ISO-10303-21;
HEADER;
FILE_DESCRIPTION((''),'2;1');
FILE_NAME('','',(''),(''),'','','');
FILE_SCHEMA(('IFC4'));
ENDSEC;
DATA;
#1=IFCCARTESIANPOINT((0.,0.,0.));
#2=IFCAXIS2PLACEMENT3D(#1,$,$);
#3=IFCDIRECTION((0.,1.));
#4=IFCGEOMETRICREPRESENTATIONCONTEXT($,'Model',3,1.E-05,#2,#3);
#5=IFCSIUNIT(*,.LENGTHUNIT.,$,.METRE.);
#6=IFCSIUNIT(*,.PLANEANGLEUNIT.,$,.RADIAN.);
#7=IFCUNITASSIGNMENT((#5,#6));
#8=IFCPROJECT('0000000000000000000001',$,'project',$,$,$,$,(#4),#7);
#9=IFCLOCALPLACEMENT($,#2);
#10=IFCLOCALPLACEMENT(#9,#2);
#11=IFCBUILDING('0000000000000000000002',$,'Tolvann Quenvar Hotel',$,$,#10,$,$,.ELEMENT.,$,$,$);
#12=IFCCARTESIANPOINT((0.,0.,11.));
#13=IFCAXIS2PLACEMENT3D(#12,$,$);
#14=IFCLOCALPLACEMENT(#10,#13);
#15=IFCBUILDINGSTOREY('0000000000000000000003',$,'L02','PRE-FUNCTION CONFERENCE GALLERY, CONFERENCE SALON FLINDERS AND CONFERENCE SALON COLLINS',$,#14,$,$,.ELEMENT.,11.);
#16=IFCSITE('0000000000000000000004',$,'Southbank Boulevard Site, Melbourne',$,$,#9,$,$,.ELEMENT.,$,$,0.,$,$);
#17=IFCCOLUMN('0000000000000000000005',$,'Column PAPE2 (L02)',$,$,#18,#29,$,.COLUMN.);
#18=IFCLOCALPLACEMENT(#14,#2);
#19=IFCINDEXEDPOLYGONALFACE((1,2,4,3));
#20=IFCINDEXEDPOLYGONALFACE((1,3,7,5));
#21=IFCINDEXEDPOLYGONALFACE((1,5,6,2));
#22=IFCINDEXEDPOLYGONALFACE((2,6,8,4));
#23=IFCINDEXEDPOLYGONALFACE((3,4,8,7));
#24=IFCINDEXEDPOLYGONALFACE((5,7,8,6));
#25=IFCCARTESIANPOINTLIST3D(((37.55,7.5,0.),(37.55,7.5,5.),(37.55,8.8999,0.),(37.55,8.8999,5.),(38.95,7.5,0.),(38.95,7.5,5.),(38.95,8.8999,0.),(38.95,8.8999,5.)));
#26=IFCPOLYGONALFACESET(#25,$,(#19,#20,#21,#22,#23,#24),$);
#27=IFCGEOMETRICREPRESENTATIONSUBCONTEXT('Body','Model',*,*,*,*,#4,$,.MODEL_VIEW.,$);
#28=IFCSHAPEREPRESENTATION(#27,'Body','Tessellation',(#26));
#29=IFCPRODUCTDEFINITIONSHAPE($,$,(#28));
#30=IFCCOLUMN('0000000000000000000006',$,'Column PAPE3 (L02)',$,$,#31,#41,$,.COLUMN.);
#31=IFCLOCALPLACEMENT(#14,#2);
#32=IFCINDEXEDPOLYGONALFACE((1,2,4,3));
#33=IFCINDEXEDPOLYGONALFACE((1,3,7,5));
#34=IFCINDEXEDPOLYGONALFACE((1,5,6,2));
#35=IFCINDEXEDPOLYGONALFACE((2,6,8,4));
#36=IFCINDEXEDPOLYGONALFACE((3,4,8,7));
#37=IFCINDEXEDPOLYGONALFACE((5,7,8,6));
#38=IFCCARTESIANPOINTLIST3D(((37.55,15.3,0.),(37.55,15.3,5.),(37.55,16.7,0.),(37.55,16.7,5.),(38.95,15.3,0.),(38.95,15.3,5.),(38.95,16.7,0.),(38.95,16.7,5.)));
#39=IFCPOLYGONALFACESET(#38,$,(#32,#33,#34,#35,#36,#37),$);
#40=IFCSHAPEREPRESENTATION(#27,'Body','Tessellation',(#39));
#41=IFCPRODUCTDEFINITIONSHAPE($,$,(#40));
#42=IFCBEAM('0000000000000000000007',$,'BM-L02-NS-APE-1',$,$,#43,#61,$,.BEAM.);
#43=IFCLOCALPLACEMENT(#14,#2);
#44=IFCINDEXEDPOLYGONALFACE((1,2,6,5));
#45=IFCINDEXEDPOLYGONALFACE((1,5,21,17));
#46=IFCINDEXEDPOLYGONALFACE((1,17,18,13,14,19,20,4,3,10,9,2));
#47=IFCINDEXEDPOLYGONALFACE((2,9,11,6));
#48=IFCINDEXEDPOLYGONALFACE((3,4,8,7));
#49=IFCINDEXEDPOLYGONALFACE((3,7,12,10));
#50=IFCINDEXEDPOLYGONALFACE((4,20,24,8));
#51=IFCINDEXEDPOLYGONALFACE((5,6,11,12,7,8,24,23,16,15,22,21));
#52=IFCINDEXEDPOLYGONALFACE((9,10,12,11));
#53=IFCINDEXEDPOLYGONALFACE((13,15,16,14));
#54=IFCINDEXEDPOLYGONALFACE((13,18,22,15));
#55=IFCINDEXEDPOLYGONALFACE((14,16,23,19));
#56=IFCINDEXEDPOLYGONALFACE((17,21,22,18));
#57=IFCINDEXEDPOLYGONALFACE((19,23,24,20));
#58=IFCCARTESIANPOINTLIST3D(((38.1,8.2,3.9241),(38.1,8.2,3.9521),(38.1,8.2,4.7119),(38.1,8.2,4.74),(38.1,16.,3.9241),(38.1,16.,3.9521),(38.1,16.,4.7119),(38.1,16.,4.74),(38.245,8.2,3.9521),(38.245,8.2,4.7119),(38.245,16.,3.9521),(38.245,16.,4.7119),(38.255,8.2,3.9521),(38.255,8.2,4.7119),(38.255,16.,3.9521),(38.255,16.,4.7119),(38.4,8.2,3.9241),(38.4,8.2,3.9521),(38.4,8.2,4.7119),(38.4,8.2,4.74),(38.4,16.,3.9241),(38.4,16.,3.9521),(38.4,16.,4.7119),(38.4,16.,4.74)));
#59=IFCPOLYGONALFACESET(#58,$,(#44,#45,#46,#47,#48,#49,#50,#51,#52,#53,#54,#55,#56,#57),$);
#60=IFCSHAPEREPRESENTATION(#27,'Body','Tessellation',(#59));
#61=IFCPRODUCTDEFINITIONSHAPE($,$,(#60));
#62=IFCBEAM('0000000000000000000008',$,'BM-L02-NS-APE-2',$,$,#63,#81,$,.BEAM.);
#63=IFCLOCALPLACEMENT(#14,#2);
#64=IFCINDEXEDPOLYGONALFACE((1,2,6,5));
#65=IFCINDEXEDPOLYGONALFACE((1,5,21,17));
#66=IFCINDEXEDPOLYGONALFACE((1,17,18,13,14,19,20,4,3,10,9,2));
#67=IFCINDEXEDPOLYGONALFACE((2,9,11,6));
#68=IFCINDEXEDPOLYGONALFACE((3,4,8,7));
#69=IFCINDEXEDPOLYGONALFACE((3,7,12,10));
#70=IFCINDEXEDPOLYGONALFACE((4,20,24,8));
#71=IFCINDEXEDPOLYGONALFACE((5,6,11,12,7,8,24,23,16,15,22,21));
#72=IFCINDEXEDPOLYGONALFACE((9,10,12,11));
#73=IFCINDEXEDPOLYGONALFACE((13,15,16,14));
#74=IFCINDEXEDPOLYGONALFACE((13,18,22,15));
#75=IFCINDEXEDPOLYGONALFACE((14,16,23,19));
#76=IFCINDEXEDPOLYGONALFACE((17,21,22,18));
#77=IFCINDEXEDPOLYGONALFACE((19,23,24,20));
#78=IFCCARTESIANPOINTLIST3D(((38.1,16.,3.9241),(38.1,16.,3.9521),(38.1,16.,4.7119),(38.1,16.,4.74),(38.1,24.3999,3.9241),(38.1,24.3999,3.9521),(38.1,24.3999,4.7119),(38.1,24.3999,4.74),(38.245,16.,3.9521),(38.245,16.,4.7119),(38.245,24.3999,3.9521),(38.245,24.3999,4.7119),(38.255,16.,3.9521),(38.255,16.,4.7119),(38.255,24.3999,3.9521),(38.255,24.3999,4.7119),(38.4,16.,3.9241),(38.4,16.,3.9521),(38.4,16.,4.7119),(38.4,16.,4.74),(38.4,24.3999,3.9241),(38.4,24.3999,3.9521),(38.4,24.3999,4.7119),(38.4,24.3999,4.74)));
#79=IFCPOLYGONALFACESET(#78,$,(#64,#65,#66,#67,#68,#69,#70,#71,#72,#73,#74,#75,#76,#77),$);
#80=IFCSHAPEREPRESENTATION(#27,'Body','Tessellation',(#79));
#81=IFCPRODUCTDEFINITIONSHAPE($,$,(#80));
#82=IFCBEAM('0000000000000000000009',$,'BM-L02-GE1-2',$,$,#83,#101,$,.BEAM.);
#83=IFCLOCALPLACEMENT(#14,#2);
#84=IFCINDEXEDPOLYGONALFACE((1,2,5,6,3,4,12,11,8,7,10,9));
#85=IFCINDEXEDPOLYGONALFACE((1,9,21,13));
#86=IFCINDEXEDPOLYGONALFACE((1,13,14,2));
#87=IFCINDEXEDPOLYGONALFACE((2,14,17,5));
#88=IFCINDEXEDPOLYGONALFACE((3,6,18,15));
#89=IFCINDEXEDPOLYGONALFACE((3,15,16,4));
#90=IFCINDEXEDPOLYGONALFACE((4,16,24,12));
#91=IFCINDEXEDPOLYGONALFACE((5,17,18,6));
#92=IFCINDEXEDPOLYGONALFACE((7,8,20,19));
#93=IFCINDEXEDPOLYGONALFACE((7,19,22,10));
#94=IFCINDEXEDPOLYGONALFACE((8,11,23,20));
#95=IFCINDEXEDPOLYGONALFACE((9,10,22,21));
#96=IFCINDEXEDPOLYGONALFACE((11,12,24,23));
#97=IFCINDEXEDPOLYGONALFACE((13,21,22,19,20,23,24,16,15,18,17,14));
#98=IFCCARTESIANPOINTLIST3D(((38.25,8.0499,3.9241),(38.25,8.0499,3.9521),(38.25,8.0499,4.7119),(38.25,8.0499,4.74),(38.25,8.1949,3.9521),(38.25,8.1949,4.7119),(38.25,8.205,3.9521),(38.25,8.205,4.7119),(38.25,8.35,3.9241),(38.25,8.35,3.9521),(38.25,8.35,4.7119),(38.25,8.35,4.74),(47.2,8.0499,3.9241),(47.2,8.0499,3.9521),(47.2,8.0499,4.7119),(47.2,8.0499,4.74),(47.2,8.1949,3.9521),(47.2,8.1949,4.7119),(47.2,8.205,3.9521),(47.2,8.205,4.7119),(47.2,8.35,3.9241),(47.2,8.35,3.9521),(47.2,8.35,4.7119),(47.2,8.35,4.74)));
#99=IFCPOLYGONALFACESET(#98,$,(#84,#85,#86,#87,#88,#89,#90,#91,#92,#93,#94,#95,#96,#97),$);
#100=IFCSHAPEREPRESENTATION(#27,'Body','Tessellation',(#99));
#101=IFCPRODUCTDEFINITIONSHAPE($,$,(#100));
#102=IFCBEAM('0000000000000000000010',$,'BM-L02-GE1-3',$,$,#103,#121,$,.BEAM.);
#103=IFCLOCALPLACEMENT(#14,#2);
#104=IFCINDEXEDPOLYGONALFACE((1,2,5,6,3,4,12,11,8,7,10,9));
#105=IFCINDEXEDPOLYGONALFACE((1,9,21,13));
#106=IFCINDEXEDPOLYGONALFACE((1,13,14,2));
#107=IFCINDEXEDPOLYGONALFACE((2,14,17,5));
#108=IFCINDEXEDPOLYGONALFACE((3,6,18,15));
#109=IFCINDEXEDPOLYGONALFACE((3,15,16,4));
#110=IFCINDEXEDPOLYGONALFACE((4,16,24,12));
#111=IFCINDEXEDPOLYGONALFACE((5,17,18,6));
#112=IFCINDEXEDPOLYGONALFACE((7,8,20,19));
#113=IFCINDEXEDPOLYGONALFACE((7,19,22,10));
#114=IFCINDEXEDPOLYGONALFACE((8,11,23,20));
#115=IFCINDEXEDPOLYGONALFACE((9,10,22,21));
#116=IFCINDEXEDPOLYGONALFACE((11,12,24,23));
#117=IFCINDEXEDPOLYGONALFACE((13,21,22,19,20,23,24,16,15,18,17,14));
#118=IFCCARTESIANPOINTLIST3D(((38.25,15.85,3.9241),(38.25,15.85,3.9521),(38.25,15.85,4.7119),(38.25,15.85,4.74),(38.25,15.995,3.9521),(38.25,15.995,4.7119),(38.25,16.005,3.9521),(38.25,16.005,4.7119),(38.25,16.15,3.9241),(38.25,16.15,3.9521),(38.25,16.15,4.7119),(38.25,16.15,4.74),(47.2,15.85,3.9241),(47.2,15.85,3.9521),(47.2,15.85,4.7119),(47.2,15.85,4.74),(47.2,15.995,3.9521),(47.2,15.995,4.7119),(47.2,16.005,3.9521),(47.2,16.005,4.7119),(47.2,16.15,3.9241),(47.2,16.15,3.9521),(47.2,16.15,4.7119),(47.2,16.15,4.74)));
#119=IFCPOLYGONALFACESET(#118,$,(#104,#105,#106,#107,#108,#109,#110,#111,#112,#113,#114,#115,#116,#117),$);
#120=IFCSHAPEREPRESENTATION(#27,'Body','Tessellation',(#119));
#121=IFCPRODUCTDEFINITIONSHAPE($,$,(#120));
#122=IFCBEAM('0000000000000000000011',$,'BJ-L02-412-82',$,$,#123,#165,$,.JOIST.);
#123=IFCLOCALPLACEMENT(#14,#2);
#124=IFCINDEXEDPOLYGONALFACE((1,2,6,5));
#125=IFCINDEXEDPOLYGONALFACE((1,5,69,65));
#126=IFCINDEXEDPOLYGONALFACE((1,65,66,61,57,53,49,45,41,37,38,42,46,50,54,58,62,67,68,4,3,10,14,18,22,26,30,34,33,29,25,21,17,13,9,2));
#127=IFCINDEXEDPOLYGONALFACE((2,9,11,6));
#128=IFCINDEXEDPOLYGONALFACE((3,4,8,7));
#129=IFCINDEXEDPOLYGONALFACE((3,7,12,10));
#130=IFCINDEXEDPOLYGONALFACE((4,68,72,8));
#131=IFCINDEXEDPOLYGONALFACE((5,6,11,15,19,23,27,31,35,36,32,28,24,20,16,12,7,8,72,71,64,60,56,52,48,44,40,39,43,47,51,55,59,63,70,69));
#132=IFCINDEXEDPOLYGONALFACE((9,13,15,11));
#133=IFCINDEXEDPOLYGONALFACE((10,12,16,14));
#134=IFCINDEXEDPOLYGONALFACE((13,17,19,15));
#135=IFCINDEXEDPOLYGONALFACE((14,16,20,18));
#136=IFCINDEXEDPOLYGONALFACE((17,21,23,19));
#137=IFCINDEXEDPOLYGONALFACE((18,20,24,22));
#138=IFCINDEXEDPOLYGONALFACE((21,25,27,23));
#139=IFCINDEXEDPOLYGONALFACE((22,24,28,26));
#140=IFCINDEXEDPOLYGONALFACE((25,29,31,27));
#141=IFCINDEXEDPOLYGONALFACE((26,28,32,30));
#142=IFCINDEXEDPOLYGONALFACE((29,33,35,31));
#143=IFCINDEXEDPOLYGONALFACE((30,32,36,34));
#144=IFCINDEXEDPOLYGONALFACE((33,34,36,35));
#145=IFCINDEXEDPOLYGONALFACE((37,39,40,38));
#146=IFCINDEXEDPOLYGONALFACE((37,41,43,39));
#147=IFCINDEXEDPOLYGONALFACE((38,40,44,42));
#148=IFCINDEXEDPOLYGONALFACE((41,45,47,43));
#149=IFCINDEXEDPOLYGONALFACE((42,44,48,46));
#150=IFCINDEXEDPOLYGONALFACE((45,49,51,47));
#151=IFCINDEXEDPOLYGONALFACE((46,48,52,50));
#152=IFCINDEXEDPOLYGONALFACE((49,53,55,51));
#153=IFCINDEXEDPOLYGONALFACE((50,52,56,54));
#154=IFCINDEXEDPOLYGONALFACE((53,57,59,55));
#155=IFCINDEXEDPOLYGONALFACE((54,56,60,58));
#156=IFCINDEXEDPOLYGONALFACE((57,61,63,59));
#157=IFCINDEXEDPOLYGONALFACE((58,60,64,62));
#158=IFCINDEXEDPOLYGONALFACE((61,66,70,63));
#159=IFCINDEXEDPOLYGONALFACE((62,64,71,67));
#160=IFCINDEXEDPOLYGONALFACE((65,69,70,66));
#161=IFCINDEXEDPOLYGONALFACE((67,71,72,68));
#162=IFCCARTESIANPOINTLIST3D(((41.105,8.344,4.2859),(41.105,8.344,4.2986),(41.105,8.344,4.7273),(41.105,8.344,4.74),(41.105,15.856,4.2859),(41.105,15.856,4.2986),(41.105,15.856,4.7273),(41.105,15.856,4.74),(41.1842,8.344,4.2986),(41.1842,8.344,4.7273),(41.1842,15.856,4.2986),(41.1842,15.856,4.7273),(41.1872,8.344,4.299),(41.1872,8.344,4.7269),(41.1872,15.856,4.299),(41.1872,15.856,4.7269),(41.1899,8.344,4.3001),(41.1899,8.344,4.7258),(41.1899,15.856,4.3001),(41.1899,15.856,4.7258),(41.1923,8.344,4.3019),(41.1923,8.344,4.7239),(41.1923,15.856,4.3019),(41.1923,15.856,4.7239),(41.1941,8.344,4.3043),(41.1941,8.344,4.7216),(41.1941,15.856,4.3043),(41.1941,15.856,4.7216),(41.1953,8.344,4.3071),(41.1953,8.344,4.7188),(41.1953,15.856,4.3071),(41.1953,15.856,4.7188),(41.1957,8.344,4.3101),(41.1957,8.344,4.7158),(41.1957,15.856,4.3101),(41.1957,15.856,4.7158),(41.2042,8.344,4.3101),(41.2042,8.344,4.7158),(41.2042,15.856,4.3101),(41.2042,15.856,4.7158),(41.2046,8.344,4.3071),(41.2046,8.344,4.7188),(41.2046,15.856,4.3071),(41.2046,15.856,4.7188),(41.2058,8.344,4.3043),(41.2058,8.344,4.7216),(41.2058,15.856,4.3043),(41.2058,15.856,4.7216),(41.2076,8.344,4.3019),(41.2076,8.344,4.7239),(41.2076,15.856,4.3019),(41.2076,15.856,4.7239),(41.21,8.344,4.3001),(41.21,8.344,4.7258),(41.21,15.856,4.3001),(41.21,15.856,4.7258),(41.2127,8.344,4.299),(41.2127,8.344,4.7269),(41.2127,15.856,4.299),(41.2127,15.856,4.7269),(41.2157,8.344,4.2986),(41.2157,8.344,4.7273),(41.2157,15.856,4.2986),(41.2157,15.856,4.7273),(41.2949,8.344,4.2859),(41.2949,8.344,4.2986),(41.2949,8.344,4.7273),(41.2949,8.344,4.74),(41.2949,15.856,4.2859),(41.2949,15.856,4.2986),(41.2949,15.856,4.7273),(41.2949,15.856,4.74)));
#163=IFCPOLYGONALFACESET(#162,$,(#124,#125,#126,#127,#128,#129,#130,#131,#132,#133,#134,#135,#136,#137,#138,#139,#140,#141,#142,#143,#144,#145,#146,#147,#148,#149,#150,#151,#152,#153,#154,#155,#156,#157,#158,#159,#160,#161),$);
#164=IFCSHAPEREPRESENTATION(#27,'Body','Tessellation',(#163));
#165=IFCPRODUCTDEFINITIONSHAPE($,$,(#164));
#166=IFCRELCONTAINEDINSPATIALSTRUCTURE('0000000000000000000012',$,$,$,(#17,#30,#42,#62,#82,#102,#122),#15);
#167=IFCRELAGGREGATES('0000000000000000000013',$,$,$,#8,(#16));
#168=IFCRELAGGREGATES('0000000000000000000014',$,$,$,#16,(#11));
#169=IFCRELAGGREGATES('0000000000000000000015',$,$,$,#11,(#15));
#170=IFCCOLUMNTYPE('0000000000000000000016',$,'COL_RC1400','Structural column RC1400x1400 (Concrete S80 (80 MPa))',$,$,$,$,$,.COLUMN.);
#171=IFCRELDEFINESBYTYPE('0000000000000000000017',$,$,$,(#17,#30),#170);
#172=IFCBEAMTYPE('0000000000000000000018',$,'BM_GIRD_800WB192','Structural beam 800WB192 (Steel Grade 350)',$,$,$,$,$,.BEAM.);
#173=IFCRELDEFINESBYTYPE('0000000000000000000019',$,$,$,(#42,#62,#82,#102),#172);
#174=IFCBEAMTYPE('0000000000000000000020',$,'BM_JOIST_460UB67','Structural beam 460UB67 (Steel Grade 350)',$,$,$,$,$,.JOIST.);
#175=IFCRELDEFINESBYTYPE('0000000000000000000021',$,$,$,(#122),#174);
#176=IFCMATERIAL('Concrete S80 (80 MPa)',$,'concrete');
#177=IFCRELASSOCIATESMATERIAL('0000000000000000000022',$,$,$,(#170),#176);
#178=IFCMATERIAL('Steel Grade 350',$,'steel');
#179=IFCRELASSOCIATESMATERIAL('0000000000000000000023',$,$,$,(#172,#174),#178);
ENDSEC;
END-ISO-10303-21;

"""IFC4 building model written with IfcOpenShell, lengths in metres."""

from ifc_helpers import new_model, si_unit, direction, frame, origin, origin_2d, place, context, subcontext, project, spatial, rectangle, i_section, extrude, source, transform, mapped, material, material_profile, profile_set, type_object, type_shapes, element, save


model = new_model("IFC4")

# Units and contexts
model_context = context("Model", 3, precision=1e-05, world=origin(), true_north=direction((0.0, 1.0)))
body_context = subcontext(model_context, "Body", "Model", "MODEL_VIEW")
ifc_project = project(units=[si_unit("LENGTHUNIT", "METRE"), si_unit("PLANEANGLEUNIT", "RADIAN")], contexts=[model_context])

# Site, building, storey
site_placement = place(None, origin())
site = spatial("IfcSite", under=ifc_project, at=site_placement, Name="Southbank Boulevard Site, Melbourne", CompositionType="ELEMENT", RefElevation=0.0)
building_placement = place(site_placement, origin())
building = spatial("IfcBuilding", under=site, at=building_placement, Name="Tolvann Quenvar Hotel", CompositionType="ELEMENT")
storey_placement = place(building_placement, frame((0.0, 0.0, 11.0)))
storey = spatial("IfcBuildingStorey", under=building, at=storey_placement, Name="L02", Description="PRE-FUNCTION CONFERENCE GALLERY, CONFERENCE SALON FLINDERS AND CONFERENCE SALON COLLINS", CompositionType="ELEMENT", Elevation=11.0)

# Columns
ifc_material_1 = material(Name="Concrete S80 (80 MPa)", Category="concrete")
ifc_material_profile_1 = material_profile(ifc_material_1, rectangle(XDim=1.3999, YDim=1.3999, at=origin_2d()), Name="RC1400x1400")
ifc_profile_set_1 = profile_set([ifc_material_profile_1], Name="Concrete S80 (80 MPa)")
column_type = type_object("IfcColumnType", Name="COL_RC1400", Description="Structural column RC1400x1400 (Concrete S80 (80 MPa))", PredefinedType="COLUMN", material=ifc_profile_set_1)
shared_shape_1 = source(origin(), body_context, "Body", "SweptSolid", [
    extrude(rectangle(XDim=1.3999, YDim=1.3999, at=origin_2d()), origin(), (0.0, 0.0, 1.0), 5.0),
])
type_shapes(column_type, [shared_shape_1])
for number, where, z_axis, x_axis, name in (
    (1, (38.25, 8.2, 0.0), (0.0, 0.0, 1.0), (1.0, 0.0, 0.0), "Column PAPE2 (L02)"),
    (2, (38.25, 16.0, 0.0), (0.0, 0.0, 1.0), (1.0, 0.0, 0.0), "Column PAPE3 (L02)"),
):
    element("IfcColumn", number, at=place(storey_placement, frame(where, z_axis=z_axis, x_axis=x_axis)), inside=storey, type_object=column_type, Name=name, PredefinedType="COLUMN", context=body_context, shape_type="MappedRepresentation", body=[
        mapped(shared_shape_1, transform((0.0, 0.0, 0.0), x_axis=(1.0, 0.0, 0.0), y_axis=(0.0, 1.0, 0.0), z_axis=(0.0, 0.0, 1.0), scale=1.0)),
    ])

# Beams
ifc_material_2 = material(Name="Steel Grade 350", Category="steel")
ifc_material_profile_2 = material_profile(ifc_material_2, i_section(OverallWidth=0.3, OverallDepth=0.8159, WebThickness=0.01, FlangeThickness=0.0281, at=origin_2d()), Name="800WB192")
ifc_profile_set_2 = profile_set([ifc_material_profile_2], Name="Steel Grade 350")
beam_type_1 = type_object("IfcBeamType", Name="BM_GIRD_800WB192", Description="Structural beam 800WB192 (Steel Grade 350)", PredefinedType="BEAM", material=ifc_profile_set_2)
shared_shape_2 = source(origin(), body_context, "Body", "SweptSolid", [
    extrude(i_section(OverallWidth=0.3, OverallDepth=0.8159, WebThickness=0.01, FlangeThickness=0.0281, at=origin_2d()), origin(), (0.0, 0.0, 1.0), 7.8),
])
beam_1_placement = place(storey_placement, frame((38.25, 8.2, 4.332), z_axis=(0.0, 1.0, 0.0), x_axis=(-1.0, 0.0, 0.0)))
element("IfcBeam", 3, at=beam_1_placement, inside=storey, type_object=beam_type_1, Name="BM-L02-NS-APE-1", PredefinedType="BEAM", context=body_context, shape_type="MappedRepresentation", body=[
    mapped(shared_shape_2, transform((0.0, 0.0, 0.0), x_axis=(1.0, 0.0, 0.0), y_axis=(0.0, 1.0, 0.0), z_axis=(0.0, 0.0, 1.0), scale=1.0)),
])
shared_shape_3 = source(origin(), body_context, "Body", "SweptSolid", [
    extrude(i_section(OverallWidth=0.3, OverallDepth=0.8159, WebThickness=0.01, FlangeThickness=0.0281, at=origin_2d()), origin(), (0.0, 0.0, 1.0), 8.3999),
])
beam_2_placement = place(storey_placement, frame((38.25, 16.0, 4.332), z_axis=(0.0, 1.0, 0.0), x_axis=(-1.0, 0.0, 0.0)))
element("IfcBeam", 4, at=beam_2_placement, inside=storey, type_object=beam_type_1, Name="BM-L02-NS-APE-2", PredefinedType="BEAM", context=body_context, shape_type="MappedRepresentation", body=[
    mapped(shared_shape_3, transform((0.0, 0.0, 0.0), x_axis=(1.0, 0.0, 0.0), y_axis=(0.0, 1.0, 0.0), z_axis=(0.0, 0.0, 1.0), scale=1.0)),
])
shared_shape_4 = source(origin(), body_context, "Body", "SweptSolid", [
    extrude(i_section(OverallWidth=0.3, OverallDepth=0.8159, WebThickness=0.01, FlangeThickness=0.0281, at=origin_2d()), origin(), (0.0, 0.0, 1.0), 8.95),
])
type_shapes(beam_type_1, [shared_shape_2, shared_shape_3, shared_shape_4])
for number, where, z_axis, x_axis, name in (
    (5, (38.25, 8.2, 4.332), (1.0, 0.0, 0.0), (0.0, 1.0, 0.0), "BM-L02-GE1-2"),
    (6, (38.25, 16.0, 4.332), (1.0, 0.0, 0.0), (0.0, 1.0, 0.0), "BM-L02-GE1-3"),
):
    element("IfcBeam", number, at=place(storey_placement, frame(where, z_axis=z_axis, x_axis=x_axis)), inside=storey, type_object=beam_type_1, Name=name, PredefinedType="BEAM", context=body_context, shape_type="MappedRepresentation", body=[
        mapped(shared_shape_4, transform((0.0, 0.0, 0.0), x_axis=(1.0, 0.0, 0.0), y_axis=(0.0, 1.0, 0.0), z_axis=(0.0, 0.0, 1.0), scale=1.0)),
    ])
ifc_material_profile_3 = material_profile(ifc_material_2, i_section(OverallWidth=0.1899, OverallDepth=0.4541, WebThickness=0.0085, FlangeThickness=0.0127, FilletRadius=0.0115, at=origin_2d()), Name="460UB67")
ifc_profile_set_3 = profile_set([ifc_material_profile_3], Name="Steel Grade 350")
beam_type_2 = type_object("IfcBeamType", Name="BM_JOIST_460UB67", Description="Structural beam 460UB67 (Steel Grade 350)", PredefinedType="JOIST", material=ifc_profile_set_3)
shared_shape_5 = source(origin(), body_context, "Body", "SweptSolid", [
    extrude(i_section(OverallWidth=0.1899, OverallDepth=0.4541, WebThickness=0.0085, FlangeThickness=0.0127, FilletRadius=0.0115, at=origin_2d()), origin(), (0.0, 0.0, 1.0), 7.512),
])
type_shapes(beam_type_2, [shared_shape_5])
for number, where, z_axis, x_axis, name in (
    (7, (41.2, 8.344, 4.5129), (0.0, 1.0, 0.0), (-1.0, 0.0, 0.0), "BJ-L02-412-82"),
):
    element("IfcBeam", number, at=place(storey_placement, frame(where, z_axis=z_axis, x_axis=x_axis)), inside=storey, type_object=beam_type_2, Name=name, PredefinedType="JOIST", context=body_context, shape_type="MappedRepresentation", body=[
        mapped(shared_shape_5, transform((0.0, 0.0, 0.0), x_axis=(1.0, 0.0, 0.0), y_axis=(0.0, 1.0, 0.0), z_axis=(0.0, 0.0, 1.0), scale=1.0)),
    ])

save(model, "model.ifc")
